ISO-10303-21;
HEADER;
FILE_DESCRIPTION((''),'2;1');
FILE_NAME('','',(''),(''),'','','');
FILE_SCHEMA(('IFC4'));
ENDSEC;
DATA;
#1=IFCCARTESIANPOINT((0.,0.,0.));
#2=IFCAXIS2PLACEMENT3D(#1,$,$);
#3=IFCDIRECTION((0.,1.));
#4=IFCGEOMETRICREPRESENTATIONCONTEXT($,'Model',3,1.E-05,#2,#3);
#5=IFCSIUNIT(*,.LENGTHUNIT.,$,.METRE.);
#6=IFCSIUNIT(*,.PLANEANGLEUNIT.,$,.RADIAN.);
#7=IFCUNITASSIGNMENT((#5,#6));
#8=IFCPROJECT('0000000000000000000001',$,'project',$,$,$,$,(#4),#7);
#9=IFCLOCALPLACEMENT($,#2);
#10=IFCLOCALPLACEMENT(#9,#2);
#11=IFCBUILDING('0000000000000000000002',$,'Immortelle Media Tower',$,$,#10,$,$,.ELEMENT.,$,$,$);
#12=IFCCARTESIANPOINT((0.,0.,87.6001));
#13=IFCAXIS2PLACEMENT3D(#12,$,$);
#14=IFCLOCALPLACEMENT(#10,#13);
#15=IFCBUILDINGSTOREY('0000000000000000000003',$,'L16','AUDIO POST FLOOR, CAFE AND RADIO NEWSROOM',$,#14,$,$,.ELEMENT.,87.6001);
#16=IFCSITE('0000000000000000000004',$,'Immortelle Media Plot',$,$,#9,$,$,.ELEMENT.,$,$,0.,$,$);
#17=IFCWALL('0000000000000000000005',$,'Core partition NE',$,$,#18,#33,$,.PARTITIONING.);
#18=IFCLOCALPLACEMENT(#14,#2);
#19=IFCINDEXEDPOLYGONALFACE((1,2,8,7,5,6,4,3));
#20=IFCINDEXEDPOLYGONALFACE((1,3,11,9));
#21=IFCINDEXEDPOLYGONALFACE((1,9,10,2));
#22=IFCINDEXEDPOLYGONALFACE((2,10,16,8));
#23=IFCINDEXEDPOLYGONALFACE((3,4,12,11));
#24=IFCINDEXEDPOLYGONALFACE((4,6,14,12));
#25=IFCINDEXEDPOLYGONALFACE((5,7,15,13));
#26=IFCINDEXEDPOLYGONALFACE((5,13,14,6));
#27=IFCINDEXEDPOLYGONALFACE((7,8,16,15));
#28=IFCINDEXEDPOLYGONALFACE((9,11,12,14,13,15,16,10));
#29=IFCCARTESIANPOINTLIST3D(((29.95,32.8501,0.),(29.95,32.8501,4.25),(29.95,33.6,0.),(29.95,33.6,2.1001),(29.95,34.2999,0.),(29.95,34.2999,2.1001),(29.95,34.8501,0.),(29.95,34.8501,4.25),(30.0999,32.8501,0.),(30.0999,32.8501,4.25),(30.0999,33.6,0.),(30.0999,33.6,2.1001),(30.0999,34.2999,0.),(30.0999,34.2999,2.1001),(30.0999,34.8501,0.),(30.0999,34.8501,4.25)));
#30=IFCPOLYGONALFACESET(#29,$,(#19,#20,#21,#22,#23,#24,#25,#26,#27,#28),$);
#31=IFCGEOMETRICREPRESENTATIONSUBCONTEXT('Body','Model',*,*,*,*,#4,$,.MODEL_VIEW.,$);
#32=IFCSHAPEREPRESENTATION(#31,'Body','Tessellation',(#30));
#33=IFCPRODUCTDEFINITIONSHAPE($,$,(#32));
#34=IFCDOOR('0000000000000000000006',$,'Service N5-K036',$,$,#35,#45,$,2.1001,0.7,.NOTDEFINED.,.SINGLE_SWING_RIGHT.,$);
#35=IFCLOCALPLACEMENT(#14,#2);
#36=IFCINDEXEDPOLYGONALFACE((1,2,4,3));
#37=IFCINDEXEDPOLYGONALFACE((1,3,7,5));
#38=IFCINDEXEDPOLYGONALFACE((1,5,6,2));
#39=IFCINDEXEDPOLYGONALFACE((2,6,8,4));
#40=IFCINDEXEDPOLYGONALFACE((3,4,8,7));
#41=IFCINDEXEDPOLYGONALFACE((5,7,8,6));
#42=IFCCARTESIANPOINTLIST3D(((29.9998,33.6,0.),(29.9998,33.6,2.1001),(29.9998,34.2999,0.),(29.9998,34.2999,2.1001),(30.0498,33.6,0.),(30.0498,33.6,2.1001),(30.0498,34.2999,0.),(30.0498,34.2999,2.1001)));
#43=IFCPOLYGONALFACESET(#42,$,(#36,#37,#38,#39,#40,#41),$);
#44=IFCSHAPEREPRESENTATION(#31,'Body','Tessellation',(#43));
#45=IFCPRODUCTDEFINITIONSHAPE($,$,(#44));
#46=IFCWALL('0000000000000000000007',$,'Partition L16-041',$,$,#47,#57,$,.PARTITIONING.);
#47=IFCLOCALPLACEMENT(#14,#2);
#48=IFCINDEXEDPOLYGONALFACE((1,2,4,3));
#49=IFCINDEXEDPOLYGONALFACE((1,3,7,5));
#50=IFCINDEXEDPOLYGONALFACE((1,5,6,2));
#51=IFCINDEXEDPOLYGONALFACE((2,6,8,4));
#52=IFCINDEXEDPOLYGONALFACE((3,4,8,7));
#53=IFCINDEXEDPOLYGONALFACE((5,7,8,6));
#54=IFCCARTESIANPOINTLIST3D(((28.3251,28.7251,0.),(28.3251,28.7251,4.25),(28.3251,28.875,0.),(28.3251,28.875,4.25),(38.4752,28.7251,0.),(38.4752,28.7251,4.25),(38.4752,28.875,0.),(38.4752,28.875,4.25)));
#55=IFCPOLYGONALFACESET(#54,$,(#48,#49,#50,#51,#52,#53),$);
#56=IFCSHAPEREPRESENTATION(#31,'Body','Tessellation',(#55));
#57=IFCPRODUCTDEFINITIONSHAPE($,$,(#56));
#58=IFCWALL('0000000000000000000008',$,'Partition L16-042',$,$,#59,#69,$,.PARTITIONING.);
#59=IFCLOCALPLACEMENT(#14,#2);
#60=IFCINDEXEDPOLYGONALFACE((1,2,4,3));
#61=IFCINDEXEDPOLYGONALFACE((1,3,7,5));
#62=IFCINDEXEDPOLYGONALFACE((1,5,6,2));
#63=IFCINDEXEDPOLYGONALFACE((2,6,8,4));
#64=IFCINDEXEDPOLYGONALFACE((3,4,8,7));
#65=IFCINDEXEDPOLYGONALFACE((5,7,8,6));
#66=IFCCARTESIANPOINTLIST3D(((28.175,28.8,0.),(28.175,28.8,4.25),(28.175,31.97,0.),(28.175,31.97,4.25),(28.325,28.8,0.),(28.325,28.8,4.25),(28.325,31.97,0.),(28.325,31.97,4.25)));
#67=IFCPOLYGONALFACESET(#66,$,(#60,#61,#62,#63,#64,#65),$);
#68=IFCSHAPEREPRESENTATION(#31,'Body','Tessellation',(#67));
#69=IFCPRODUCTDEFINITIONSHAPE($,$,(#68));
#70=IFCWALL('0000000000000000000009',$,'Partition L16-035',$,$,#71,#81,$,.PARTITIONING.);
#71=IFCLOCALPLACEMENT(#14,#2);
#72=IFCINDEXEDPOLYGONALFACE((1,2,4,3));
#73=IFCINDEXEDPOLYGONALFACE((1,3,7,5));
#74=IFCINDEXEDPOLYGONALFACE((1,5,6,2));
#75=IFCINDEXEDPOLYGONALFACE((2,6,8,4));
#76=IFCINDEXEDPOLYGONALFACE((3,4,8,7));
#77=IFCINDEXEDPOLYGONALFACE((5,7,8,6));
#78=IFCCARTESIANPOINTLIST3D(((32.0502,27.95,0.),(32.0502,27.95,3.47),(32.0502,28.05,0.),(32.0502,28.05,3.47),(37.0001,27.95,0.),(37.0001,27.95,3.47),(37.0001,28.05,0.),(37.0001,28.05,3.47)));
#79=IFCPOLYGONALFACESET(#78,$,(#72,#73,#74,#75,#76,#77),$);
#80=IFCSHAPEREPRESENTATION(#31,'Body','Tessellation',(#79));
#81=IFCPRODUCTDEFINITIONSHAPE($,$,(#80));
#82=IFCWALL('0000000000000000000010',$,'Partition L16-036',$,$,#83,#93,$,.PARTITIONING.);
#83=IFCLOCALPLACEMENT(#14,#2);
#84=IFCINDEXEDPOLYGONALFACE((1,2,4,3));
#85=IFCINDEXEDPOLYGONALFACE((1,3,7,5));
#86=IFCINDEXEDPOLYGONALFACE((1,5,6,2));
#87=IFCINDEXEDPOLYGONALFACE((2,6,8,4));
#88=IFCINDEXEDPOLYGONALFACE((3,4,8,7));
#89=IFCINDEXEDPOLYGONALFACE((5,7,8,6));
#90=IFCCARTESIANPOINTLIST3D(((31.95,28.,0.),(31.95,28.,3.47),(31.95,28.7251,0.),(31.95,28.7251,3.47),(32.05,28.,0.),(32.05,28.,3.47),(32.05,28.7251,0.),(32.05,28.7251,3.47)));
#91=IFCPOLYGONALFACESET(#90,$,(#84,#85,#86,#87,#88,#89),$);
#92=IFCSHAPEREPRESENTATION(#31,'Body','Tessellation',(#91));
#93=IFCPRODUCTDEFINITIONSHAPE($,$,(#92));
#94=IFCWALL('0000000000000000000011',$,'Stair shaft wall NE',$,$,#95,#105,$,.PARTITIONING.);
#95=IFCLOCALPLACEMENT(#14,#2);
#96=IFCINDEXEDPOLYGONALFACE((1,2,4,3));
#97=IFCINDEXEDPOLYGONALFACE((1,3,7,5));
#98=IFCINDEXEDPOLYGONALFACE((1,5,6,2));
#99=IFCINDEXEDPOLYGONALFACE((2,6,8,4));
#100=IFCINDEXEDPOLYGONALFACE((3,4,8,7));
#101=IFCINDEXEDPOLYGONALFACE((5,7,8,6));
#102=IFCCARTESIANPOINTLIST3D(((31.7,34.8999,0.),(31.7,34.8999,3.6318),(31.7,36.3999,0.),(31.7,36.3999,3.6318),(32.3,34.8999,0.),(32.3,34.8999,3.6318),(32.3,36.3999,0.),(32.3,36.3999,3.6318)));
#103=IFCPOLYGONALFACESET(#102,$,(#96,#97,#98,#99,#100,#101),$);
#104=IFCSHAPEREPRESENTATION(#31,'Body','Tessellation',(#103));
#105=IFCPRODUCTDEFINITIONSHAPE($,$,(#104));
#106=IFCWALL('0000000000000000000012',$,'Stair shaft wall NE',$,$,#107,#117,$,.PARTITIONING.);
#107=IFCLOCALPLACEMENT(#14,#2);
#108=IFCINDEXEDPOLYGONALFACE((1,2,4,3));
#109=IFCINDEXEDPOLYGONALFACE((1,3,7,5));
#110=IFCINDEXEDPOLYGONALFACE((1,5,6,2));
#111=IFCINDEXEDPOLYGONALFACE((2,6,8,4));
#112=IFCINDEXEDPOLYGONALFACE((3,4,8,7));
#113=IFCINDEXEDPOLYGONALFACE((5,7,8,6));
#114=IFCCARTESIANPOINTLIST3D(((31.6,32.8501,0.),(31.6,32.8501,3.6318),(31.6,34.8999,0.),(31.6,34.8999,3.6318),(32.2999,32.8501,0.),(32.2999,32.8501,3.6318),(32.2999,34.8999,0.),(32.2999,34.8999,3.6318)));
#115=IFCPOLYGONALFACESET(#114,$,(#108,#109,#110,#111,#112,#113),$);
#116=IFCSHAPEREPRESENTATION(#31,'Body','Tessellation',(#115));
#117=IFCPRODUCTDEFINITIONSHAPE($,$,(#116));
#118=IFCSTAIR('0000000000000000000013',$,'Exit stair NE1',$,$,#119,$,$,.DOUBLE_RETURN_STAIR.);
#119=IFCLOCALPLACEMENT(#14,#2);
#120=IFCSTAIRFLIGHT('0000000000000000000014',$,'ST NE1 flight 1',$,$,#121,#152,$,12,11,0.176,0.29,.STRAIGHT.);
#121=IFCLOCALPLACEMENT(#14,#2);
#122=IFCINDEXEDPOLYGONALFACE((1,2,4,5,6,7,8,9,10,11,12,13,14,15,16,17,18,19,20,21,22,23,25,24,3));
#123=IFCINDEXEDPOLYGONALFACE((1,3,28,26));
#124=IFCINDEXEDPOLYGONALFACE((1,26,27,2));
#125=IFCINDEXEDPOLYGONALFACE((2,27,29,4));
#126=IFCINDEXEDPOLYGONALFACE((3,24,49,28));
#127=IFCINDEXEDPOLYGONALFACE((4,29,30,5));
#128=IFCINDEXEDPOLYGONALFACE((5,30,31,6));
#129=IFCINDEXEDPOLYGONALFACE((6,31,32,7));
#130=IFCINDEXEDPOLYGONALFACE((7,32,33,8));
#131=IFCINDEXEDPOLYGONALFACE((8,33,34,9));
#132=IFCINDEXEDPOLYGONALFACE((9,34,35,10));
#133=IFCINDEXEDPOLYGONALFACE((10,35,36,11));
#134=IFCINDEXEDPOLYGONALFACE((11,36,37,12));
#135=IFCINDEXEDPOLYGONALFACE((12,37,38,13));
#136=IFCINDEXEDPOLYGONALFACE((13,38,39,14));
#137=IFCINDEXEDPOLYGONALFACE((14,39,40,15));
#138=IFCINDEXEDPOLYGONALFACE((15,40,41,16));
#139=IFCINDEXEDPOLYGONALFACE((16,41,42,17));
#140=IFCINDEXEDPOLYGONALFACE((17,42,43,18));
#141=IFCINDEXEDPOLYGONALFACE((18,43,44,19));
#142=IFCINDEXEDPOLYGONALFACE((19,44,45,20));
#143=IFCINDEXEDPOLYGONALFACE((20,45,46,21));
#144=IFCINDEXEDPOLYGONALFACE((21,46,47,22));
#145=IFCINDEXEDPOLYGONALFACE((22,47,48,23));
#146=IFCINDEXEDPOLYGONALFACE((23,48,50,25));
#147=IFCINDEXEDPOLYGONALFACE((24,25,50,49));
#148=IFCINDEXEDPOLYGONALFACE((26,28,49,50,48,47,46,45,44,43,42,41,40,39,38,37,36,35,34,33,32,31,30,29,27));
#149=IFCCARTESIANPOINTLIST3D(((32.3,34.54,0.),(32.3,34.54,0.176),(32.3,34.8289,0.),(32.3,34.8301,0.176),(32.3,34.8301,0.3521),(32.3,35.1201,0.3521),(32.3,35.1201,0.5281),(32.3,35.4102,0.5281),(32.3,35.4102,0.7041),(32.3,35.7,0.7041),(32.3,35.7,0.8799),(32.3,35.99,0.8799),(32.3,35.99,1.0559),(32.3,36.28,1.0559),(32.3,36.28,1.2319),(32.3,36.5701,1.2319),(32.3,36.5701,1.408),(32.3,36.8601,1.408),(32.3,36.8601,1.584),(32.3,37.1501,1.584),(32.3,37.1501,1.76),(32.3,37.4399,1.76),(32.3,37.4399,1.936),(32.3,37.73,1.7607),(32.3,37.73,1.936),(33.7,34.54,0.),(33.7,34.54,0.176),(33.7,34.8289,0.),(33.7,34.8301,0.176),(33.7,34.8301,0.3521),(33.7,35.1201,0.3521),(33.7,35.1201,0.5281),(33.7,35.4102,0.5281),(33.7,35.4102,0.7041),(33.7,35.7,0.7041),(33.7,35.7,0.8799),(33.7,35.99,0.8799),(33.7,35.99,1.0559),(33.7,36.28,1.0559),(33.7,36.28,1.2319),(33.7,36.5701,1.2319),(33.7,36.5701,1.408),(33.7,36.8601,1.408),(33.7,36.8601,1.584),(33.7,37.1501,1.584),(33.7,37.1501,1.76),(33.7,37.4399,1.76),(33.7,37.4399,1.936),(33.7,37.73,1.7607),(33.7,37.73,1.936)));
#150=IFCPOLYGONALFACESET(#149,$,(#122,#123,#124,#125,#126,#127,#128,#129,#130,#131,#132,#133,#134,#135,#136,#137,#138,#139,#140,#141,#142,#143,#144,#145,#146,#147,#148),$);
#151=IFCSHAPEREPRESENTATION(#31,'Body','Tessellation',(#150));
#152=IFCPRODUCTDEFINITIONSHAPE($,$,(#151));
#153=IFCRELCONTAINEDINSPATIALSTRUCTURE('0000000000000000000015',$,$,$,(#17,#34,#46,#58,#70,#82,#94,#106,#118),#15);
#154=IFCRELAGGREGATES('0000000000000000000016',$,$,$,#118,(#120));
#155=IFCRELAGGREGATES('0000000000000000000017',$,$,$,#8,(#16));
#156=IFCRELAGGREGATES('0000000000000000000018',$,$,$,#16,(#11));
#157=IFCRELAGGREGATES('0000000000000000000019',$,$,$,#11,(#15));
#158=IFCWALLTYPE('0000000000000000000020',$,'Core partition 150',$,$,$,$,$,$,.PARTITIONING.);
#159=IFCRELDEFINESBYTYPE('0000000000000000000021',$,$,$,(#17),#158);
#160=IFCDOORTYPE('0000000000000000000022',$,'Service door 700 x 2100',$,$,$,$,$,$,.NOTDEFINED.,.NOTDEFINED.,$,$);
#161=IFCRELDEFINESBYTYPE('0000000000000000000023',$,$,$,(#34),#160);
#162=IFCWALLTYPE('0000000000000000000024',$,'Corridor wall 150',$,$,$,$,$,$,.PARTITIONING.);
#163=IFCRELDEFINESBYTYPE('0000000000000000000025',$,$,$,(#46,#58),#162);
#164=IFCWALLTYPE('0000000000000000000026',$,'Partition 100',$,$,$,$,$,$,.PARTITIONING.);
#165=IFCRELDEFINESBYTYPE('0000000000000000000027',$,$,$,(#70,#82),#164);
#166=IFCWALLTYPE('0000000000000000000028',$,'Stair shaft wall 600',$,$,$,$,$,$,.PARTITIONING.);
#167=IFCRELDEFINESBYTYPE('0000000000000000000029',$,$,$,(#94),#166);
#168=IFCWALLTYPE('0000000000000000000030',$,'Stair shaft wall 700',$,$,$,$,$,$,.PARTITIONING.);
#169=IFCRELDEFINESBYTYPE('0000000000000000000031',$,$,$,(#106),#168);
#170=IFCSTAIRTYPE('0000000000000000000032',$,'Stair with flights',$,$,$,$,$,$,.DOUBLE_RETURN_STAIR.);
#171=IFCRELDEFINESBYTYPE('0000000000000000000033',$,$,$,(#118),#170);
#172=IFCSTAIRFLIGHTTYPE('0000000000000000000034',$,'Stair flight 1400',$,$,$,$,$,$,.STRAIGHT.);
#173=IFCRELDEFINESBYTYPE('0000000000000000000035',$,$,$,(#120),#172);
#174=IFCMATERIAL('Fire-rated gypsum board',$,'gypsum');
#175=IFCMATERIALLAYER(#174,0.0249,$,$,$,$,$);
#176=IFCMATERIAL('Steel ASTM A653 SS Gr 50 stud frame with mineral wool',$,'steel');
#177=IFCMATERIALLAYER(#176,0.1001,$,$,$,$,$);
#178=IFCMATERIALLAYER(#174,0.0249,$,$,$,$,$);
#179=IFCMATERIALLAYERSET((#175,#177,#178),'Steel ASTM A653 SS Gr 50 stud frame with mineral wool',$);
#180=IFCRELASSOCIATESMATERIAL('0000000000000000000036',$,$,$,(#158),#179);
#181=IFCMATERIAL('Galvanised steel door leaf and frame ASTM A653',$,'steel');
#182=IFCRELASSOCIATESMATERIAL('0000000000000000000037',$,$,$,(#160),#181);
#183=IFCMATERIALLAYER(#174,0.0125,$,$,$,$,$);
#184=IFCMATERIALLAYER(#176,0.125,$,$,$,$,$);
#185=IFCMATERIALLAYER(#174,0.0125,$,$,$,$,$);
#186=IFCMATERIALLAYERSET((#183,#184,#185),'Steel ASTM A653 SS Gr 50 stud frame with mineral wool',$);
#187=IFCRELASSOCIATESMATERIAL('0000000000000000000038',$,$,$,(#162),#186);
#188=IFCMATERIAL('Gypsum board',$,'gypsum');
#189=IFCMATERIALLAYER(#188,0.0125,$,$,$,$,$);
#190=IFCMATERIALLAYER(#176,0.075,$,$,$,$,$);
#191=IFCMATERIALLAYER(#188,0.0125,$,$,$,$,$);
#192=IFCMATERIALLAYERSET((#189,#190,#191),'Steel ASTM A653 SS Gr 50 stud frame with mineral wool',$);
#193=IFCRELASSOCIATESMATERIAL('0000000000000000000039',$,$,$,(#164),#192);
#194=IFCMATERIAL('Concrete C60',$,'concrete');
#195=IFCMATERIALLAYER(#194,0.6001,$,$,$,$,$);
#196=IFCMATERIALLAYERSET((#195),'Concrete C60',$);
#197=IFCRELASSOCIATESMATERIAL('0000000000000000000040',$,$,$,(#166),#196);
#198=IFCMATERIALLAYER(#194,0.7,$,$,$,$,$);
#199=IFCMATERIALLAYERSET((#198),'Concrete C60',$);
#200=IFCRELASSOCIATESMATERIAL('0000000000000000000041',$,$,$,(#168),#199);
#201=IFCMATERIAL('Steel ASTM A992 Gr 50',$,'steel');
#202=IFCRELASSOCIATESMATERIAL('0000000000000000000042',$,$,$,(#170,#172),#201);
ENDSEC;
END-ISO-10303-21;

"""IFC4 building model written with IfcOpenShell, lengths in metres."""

from ifc_helpers import new_model, si_unit, direction, frame, frame_2d, origin, place, context, subcontext, project, spatial, polyline, rectangle, outline, extrude, material, layer, layer_set, type_object, element, fill, aggregate, save


model = new_model("IFC4")

# Units and contexts
model_context = context("Model", 3, precision=1e-05, world=origin(), true_north=direction((0.0, 1.0)))
body_context = subcontext(model_context, "Body", "Model", "MODEL_VIEW")
ifc_project = project(units=[si_unit("LENGTHUNIT", "METRE"), si_unit("PLANEANGLEUNIT", "RADIAN")], contexts=[model_context])

# Site, building, storey
site_placement = place(None, origin())
site = spatial("IfcSite", under=ifc_project, at=site_placement, Name="Immortelle Media Plot", CompositionType="ELEMENT", RefElevation=0.0)
building_placement = place(site_placement, origin())
building = spatial("IfcBuilding", under=site, at=building_placement, Name="Immortelle Media Tower", CompositionType="ELEMENT")
storey_placement = place(building_placement, frame((0.0, 0.0, 87.6001)))
storey = spatial("IfcBuildingStorey", under=building, at=storey_placement, Name="L16", Description="AUDIO POST FLOOR, CAFE AND RADIO NEWSROOM", CompositionType="ELEMENT", Elevation=87.6001)

# Shared definitions
ifc_material_1 = material(Name="Steel ASTM A992 Gr 50", Category="steel")

# Shared definitions
ifc_material_2 = material(Name="Fire-rated gypsum board", Category="gypsum")
ifc_material_3 = material(Name="Steel ASTM A653 SS Gr 50 stud frame with mineral wool", Category="steel")
ifc_layer_1 = layer(ifc_material_2, 0.0249)
ifc_layer_2 = layer(ifc_material_3, 0.1001)
ifc_layer_3 = layer(ifc_material_2, 0.0249)
ifc_layer_set_1 = layer_set([ifc_layer_1, ifc_layer_2, ifc_layer_3], Name="Steel ASTM A653 SS Gr 50 stud frame with mineral wool")
wall_type_1 = type_object("IfcWallType", Name="Core partition 150", PredefinedType="PARTITIONING", material=ifc_layer_set_1)

# Wall, opening, door
ifc_material_4 = material(Name="Galvanised steel door leaf and frame ASTM A653", Category="steel")
door_type = type_object("IfcDoorType", Name="Service door 700 x 2100", OperationType="NOTDEFINED", PredefinedType="NOTDEFINED", material=ifc_material_4)
wall_1_placement = place(storey_placement, frame((30.0249, 32.8501, 0.0), z_axis=(0.0, 0.0, 1.0), x_axis=(0.0, 1.0, 0.0)))
wall_1 = element("IfcWall", 1, at=wall_1_placement, inside=storey, type_object=wall_type_1, Name="Core partition NE", PredefinedType="PARTITIONING", context=body_context, shape_type="SweptSolid", body=[
    extrude(rectangle(XDim=2.0, YDim=0.1499, at=frame_2d((1.0, 0.0))), origin(), (0.0, 0.0, 1.0), 4.25),
])
opening_1_placement = place(wall_1_placement, frame((1.45, 0.0, 0.0), z_axis=(0.0, 0.0, 1.0), x_axis=(-1.0, 0.0, 0.0)))
opening_1 = element("IfcOpeningElement", 2, at=opening_1_placement, cuts=wall_1, PredefinedType="OPENING", context=body_context, shape_type="SweptSolid", body=[
    extrude(rectangle(XDim=0.7, YDim=2.1001, at=frame_2d((0.3501, 1.05))), frame((0.0, 0.085, 0.0), z_axis=(0.0, -1.0, 0.0), x_axis=(1.0, 0.0, 0.0)), (0.0, 0.0, 1.0), 0.1699),
])
door_1_placement = place(opening_1_placement, origin())
door_1 = element("IfcDoor", 3, at=door_1_placement, inside=storey, type_object=door_type, Name="Service N5-K036", OperationType="SINGLE_SWING_RIGHT", OverallHeight=2.1001, OverallWidth=0.7, PredefinedType="NOTDEFINED", context=body_context, shape_type="SweptSolid", body=[
    extrude(rectangle(XDim=0.7, YDim=2.1001, at=frame_2d((0.3501, 1.05))), frame((0.0, 0.0249, 0.0), z_axis=(0.0, -1.0, 0.0), x_axis=(1.0, 0.0, 0.0)), (0.0, 0.0, 1.0), 0.05),
])
fill(opening_1, door_1)

# Walls
ifc_layer_4 = layer(ifc_material_2, 0.0125)
ifc_layer_5 = layer(ifc_material_3, 0.125)
ifc_layer_6 = layer(ifc_material_2, 0.0125)
ifc_layer_set_2 = layer_set([ifc_layer_4, ifc_layer_5, ifc_layer_6], Name="Steel ASTM A653 SS Gr 50 stud frame with mineral wool")
wall_type_2 = type_object("IfcWallType", Name="Corridor wall 150", PredefinedType="PARTITIONING", material=ifc_layer_set_2)
wall_2_placement = place(storey_placement, frame((28.325, 28.8, 0.0), z_axis=(0.0, 0.0, 1.0), x_axis=(1.0, 0.0, 0.0)))
element("IfcWall", 4, at=wall_2_placement, inside=storey, type_object=wall_type_2, Name="Partition L16-041", PredefinedType="PARTITIONING", context=body_context, shape_type="SweptSolid", body=[
    extrude(rectangle(XDim=10.1501, YDim=0.1499, at=frame_2d((5.0752, 0.0))), origin(), (0.0, 0.0, 1.0), 4.25),
])
wall_3_placement = place(storey_placement, frame((28.25, 28.8, 0.0), z_axis=(0.0, 0.0, 1.0), x_axis=(0.0, 1.0, 0.0)))
element("IfcWall", 5, at=wall_3_placement, inside=storey, type_object=wall_type_2, Name="Partition L16-042", PredefinedType="PARTITIONING", context=body_context, shape_type="SweptSolid", body=[
    extrude(rectangle(XDim=3.1699, YDim=0.1499, at=frame_2d((1.585, 0.0))), origin(), (0.0, 0.0, 1.0), 4.25),
])
ifc_material_5 = material(Name="Gypsum board", Category="gypsum")
ifc_layer_7 = layer(ifc_material_5, 0.0125)
ifc_layer_8 = layer(ifc_material_3, 0.075)
ifc_layer_9 = layer(ifc_material_5, 0.0125)
ifc_layer_set_3 = layer_set([ifc_layer_7, ifc_layer_8, ifc_layer_9], Name="Steel ASTM A653 SS Gr 50 stud frame with mineral wool")
wall_type_3 = type_object("IfcWallType", Name="Partition 100", PredefinedType="PARTITIONING", material=ifc_layer_set_3)
wall_4_placement = place(storey_placement, frame((32.05, 28.0, 0.0), z_axis=(0.0, 0.0, 1.0), x_axis=(1.0, 0.0, 0.0)))
element("IfcWall", 6, at=wall_4_placement, inside=storey, type_object=wall_type_3, Name="Partition L16-035", PredefinedType="PARTITIONING", context=body_context, shape_type="SweptSolid", body=[
    extrude(rectangle(XDim=4.95, YDim=0.1001, at=frame_2d((2.4751, 0.0))), origin(), (0.0, 0.0, 1.0), 3.47),
])
wall_5_placement = place(storey_placement, frame((32.0, 28.0, 0.0), z_axis=(0.0, 0.0, 1.0), x_axis=(0.0, 1.0, 0.0)))
element("IfcWall", 7, at=wall_5_placement, inside=storey, type_object=wall_type_3, Name="Partition L16-036", PredefinedType="PARTITIONING", context=body_context, shape_type="SweptSolid", body=[
    extrude(rectangle(XDim=0.7251, YDim=0.1001, at=frame_2d((0.3625, 0.0))), origin(), (0.0, 0.0, 1.0), 3.47),
])
ifc_material_6 = material(Name="Concrete C60", Category="concrete")
ifc_layer_10 = layer(ifc_material_6, 0.6001)
ifc_layer_set_4 = layer_set([ifc_layer_10], Name="Concrete C60")
wall_type_4 = type_object("IfcWallType", Name="Stair shaft wall 600", PredefinedType="PARTITIONING", material=ifc_layer_set_4)
wall_6_placement = place(storey_placement, frame((32.0, 34.8999, 0.0), z_axis=(0.0, 0.0, 1.0), x_axis=(0.0, 1.0, 0.0)))
element("IfcWall", 8, at=wall_6_placement, inside=storey, type_object=wall_type_4, Name="Stair shaft wall NE", PredefinedType="PARTITIONING", context=body_context, shape_type="SweptSolid", body=[
    extrude(rectangle(XDim=1.5, YDim=0.6001, at=frame_2d((0.75, 0.0))), origin(), (0.0, 0.0, 1.0), 3.6318),
])
ifc_layer_11 = layer(ifc_material_6, 0.7)
ifc_layer_set_5 = layer_set([ifc_layer_11], Name="Concrete C60")
wall_type_5 = type_object("IfcWallType", Name="Stair shaft wall 700", PredefinedType="PARTITIONING", material=ifc_layer_set_5)
wall_7_placement = place(storey_placement, frame((31.95, 32.8501, 0.0), z_axis=(0.0, 0.0, 1.0), x_axis=(0.0, 1.0, 0.0)))
element("IfcWall", 9, at=wall_7_placement, inside=storey, type_object=wall_type_5, Name="Stair shaft wall NE", PredefinedType="PARTITIONING", context=body_context, shape_type="SweptSolid", body=[
    extrude(rectangle(XDim=2.0498, YDim=0.7, at=frame_2d((1.0249, 0.0))), origin(), (0.0, 0.0, 1.0), 3.6318),
])

# Stair, stair flight
stair_type = type_object("IfcStairType", Name="Stair with flights", PredefinedType="DOUBLE_RETURN_STAIR", material=ifc_material_1)
stair_placement = place(storey_placement, origin())
stair = element("IfcStair", 10, at=stair_placement, inside=storey, type_object=stair_type, Name="Exit stair NE1", PredefinedType="DOUBLE_RETURN_STAIR")
stair_flight_type = type_object("IfcStairFlightType", Name="Stair flight 1400", PredefinedType="STRAIGHT", material=ifc_material_1)
stair_flight_placement = place(storey_placement, frame((33.0, 34.54, 0.0), z_axis=(0.0, 0.0, 1.0), x_axis=(0.0, 1.0, 0.0)))
stair_flight = element("IfcStairFlight", 11, at=stair_flight_placement, type_object=stair_flight_type, Name="ST NE1 flight 1", NumberOfRisers=12, NumberOfTreads=11, PredefinedType="STRAIGHT", RiserHeight=0.176, TreadLength=0.29, context=body_context, shape_type="SweptSolid", body=[
    extrude(outline(polyline([(0.0, 0.0), (0.0, 0.176), (0.29, 0.176), (0.29, 0.3521), (0.5801, 0.3521), (0.5801, 0.5281), (0.8701, 0.5281), (0.8701, 0.7041), (1.1599, 0.7041), (1.1599, 0.8799), (1.45, 0.8799), (1.45, 1.0559), (1.74, 1.0559), (1.74, 1.2319), (2.03, 1.2319), (2.03, 1.408), (2.3201, 1.408), (2.3201, 1.584), (2.6101, 1.584), (2.6101, 1.76), (2.8999, 1.76), (2.8999, 1.936), (3.1899, 1.936), (3.1899, 2.1121), (3.1899, 1.7607), (0.2888, 0.0), (0.0, 0.0)])), frame((0.0, 0.7, 0.0), z_axis=(0.0, -1.0, 0.0), x_axis=(1.0, 0.0, 0.0)), (0.0, 0.0, 1.0), 1.3999),
])
aggregate(stair, [stair_flight])

save(model, "model.ifc")
